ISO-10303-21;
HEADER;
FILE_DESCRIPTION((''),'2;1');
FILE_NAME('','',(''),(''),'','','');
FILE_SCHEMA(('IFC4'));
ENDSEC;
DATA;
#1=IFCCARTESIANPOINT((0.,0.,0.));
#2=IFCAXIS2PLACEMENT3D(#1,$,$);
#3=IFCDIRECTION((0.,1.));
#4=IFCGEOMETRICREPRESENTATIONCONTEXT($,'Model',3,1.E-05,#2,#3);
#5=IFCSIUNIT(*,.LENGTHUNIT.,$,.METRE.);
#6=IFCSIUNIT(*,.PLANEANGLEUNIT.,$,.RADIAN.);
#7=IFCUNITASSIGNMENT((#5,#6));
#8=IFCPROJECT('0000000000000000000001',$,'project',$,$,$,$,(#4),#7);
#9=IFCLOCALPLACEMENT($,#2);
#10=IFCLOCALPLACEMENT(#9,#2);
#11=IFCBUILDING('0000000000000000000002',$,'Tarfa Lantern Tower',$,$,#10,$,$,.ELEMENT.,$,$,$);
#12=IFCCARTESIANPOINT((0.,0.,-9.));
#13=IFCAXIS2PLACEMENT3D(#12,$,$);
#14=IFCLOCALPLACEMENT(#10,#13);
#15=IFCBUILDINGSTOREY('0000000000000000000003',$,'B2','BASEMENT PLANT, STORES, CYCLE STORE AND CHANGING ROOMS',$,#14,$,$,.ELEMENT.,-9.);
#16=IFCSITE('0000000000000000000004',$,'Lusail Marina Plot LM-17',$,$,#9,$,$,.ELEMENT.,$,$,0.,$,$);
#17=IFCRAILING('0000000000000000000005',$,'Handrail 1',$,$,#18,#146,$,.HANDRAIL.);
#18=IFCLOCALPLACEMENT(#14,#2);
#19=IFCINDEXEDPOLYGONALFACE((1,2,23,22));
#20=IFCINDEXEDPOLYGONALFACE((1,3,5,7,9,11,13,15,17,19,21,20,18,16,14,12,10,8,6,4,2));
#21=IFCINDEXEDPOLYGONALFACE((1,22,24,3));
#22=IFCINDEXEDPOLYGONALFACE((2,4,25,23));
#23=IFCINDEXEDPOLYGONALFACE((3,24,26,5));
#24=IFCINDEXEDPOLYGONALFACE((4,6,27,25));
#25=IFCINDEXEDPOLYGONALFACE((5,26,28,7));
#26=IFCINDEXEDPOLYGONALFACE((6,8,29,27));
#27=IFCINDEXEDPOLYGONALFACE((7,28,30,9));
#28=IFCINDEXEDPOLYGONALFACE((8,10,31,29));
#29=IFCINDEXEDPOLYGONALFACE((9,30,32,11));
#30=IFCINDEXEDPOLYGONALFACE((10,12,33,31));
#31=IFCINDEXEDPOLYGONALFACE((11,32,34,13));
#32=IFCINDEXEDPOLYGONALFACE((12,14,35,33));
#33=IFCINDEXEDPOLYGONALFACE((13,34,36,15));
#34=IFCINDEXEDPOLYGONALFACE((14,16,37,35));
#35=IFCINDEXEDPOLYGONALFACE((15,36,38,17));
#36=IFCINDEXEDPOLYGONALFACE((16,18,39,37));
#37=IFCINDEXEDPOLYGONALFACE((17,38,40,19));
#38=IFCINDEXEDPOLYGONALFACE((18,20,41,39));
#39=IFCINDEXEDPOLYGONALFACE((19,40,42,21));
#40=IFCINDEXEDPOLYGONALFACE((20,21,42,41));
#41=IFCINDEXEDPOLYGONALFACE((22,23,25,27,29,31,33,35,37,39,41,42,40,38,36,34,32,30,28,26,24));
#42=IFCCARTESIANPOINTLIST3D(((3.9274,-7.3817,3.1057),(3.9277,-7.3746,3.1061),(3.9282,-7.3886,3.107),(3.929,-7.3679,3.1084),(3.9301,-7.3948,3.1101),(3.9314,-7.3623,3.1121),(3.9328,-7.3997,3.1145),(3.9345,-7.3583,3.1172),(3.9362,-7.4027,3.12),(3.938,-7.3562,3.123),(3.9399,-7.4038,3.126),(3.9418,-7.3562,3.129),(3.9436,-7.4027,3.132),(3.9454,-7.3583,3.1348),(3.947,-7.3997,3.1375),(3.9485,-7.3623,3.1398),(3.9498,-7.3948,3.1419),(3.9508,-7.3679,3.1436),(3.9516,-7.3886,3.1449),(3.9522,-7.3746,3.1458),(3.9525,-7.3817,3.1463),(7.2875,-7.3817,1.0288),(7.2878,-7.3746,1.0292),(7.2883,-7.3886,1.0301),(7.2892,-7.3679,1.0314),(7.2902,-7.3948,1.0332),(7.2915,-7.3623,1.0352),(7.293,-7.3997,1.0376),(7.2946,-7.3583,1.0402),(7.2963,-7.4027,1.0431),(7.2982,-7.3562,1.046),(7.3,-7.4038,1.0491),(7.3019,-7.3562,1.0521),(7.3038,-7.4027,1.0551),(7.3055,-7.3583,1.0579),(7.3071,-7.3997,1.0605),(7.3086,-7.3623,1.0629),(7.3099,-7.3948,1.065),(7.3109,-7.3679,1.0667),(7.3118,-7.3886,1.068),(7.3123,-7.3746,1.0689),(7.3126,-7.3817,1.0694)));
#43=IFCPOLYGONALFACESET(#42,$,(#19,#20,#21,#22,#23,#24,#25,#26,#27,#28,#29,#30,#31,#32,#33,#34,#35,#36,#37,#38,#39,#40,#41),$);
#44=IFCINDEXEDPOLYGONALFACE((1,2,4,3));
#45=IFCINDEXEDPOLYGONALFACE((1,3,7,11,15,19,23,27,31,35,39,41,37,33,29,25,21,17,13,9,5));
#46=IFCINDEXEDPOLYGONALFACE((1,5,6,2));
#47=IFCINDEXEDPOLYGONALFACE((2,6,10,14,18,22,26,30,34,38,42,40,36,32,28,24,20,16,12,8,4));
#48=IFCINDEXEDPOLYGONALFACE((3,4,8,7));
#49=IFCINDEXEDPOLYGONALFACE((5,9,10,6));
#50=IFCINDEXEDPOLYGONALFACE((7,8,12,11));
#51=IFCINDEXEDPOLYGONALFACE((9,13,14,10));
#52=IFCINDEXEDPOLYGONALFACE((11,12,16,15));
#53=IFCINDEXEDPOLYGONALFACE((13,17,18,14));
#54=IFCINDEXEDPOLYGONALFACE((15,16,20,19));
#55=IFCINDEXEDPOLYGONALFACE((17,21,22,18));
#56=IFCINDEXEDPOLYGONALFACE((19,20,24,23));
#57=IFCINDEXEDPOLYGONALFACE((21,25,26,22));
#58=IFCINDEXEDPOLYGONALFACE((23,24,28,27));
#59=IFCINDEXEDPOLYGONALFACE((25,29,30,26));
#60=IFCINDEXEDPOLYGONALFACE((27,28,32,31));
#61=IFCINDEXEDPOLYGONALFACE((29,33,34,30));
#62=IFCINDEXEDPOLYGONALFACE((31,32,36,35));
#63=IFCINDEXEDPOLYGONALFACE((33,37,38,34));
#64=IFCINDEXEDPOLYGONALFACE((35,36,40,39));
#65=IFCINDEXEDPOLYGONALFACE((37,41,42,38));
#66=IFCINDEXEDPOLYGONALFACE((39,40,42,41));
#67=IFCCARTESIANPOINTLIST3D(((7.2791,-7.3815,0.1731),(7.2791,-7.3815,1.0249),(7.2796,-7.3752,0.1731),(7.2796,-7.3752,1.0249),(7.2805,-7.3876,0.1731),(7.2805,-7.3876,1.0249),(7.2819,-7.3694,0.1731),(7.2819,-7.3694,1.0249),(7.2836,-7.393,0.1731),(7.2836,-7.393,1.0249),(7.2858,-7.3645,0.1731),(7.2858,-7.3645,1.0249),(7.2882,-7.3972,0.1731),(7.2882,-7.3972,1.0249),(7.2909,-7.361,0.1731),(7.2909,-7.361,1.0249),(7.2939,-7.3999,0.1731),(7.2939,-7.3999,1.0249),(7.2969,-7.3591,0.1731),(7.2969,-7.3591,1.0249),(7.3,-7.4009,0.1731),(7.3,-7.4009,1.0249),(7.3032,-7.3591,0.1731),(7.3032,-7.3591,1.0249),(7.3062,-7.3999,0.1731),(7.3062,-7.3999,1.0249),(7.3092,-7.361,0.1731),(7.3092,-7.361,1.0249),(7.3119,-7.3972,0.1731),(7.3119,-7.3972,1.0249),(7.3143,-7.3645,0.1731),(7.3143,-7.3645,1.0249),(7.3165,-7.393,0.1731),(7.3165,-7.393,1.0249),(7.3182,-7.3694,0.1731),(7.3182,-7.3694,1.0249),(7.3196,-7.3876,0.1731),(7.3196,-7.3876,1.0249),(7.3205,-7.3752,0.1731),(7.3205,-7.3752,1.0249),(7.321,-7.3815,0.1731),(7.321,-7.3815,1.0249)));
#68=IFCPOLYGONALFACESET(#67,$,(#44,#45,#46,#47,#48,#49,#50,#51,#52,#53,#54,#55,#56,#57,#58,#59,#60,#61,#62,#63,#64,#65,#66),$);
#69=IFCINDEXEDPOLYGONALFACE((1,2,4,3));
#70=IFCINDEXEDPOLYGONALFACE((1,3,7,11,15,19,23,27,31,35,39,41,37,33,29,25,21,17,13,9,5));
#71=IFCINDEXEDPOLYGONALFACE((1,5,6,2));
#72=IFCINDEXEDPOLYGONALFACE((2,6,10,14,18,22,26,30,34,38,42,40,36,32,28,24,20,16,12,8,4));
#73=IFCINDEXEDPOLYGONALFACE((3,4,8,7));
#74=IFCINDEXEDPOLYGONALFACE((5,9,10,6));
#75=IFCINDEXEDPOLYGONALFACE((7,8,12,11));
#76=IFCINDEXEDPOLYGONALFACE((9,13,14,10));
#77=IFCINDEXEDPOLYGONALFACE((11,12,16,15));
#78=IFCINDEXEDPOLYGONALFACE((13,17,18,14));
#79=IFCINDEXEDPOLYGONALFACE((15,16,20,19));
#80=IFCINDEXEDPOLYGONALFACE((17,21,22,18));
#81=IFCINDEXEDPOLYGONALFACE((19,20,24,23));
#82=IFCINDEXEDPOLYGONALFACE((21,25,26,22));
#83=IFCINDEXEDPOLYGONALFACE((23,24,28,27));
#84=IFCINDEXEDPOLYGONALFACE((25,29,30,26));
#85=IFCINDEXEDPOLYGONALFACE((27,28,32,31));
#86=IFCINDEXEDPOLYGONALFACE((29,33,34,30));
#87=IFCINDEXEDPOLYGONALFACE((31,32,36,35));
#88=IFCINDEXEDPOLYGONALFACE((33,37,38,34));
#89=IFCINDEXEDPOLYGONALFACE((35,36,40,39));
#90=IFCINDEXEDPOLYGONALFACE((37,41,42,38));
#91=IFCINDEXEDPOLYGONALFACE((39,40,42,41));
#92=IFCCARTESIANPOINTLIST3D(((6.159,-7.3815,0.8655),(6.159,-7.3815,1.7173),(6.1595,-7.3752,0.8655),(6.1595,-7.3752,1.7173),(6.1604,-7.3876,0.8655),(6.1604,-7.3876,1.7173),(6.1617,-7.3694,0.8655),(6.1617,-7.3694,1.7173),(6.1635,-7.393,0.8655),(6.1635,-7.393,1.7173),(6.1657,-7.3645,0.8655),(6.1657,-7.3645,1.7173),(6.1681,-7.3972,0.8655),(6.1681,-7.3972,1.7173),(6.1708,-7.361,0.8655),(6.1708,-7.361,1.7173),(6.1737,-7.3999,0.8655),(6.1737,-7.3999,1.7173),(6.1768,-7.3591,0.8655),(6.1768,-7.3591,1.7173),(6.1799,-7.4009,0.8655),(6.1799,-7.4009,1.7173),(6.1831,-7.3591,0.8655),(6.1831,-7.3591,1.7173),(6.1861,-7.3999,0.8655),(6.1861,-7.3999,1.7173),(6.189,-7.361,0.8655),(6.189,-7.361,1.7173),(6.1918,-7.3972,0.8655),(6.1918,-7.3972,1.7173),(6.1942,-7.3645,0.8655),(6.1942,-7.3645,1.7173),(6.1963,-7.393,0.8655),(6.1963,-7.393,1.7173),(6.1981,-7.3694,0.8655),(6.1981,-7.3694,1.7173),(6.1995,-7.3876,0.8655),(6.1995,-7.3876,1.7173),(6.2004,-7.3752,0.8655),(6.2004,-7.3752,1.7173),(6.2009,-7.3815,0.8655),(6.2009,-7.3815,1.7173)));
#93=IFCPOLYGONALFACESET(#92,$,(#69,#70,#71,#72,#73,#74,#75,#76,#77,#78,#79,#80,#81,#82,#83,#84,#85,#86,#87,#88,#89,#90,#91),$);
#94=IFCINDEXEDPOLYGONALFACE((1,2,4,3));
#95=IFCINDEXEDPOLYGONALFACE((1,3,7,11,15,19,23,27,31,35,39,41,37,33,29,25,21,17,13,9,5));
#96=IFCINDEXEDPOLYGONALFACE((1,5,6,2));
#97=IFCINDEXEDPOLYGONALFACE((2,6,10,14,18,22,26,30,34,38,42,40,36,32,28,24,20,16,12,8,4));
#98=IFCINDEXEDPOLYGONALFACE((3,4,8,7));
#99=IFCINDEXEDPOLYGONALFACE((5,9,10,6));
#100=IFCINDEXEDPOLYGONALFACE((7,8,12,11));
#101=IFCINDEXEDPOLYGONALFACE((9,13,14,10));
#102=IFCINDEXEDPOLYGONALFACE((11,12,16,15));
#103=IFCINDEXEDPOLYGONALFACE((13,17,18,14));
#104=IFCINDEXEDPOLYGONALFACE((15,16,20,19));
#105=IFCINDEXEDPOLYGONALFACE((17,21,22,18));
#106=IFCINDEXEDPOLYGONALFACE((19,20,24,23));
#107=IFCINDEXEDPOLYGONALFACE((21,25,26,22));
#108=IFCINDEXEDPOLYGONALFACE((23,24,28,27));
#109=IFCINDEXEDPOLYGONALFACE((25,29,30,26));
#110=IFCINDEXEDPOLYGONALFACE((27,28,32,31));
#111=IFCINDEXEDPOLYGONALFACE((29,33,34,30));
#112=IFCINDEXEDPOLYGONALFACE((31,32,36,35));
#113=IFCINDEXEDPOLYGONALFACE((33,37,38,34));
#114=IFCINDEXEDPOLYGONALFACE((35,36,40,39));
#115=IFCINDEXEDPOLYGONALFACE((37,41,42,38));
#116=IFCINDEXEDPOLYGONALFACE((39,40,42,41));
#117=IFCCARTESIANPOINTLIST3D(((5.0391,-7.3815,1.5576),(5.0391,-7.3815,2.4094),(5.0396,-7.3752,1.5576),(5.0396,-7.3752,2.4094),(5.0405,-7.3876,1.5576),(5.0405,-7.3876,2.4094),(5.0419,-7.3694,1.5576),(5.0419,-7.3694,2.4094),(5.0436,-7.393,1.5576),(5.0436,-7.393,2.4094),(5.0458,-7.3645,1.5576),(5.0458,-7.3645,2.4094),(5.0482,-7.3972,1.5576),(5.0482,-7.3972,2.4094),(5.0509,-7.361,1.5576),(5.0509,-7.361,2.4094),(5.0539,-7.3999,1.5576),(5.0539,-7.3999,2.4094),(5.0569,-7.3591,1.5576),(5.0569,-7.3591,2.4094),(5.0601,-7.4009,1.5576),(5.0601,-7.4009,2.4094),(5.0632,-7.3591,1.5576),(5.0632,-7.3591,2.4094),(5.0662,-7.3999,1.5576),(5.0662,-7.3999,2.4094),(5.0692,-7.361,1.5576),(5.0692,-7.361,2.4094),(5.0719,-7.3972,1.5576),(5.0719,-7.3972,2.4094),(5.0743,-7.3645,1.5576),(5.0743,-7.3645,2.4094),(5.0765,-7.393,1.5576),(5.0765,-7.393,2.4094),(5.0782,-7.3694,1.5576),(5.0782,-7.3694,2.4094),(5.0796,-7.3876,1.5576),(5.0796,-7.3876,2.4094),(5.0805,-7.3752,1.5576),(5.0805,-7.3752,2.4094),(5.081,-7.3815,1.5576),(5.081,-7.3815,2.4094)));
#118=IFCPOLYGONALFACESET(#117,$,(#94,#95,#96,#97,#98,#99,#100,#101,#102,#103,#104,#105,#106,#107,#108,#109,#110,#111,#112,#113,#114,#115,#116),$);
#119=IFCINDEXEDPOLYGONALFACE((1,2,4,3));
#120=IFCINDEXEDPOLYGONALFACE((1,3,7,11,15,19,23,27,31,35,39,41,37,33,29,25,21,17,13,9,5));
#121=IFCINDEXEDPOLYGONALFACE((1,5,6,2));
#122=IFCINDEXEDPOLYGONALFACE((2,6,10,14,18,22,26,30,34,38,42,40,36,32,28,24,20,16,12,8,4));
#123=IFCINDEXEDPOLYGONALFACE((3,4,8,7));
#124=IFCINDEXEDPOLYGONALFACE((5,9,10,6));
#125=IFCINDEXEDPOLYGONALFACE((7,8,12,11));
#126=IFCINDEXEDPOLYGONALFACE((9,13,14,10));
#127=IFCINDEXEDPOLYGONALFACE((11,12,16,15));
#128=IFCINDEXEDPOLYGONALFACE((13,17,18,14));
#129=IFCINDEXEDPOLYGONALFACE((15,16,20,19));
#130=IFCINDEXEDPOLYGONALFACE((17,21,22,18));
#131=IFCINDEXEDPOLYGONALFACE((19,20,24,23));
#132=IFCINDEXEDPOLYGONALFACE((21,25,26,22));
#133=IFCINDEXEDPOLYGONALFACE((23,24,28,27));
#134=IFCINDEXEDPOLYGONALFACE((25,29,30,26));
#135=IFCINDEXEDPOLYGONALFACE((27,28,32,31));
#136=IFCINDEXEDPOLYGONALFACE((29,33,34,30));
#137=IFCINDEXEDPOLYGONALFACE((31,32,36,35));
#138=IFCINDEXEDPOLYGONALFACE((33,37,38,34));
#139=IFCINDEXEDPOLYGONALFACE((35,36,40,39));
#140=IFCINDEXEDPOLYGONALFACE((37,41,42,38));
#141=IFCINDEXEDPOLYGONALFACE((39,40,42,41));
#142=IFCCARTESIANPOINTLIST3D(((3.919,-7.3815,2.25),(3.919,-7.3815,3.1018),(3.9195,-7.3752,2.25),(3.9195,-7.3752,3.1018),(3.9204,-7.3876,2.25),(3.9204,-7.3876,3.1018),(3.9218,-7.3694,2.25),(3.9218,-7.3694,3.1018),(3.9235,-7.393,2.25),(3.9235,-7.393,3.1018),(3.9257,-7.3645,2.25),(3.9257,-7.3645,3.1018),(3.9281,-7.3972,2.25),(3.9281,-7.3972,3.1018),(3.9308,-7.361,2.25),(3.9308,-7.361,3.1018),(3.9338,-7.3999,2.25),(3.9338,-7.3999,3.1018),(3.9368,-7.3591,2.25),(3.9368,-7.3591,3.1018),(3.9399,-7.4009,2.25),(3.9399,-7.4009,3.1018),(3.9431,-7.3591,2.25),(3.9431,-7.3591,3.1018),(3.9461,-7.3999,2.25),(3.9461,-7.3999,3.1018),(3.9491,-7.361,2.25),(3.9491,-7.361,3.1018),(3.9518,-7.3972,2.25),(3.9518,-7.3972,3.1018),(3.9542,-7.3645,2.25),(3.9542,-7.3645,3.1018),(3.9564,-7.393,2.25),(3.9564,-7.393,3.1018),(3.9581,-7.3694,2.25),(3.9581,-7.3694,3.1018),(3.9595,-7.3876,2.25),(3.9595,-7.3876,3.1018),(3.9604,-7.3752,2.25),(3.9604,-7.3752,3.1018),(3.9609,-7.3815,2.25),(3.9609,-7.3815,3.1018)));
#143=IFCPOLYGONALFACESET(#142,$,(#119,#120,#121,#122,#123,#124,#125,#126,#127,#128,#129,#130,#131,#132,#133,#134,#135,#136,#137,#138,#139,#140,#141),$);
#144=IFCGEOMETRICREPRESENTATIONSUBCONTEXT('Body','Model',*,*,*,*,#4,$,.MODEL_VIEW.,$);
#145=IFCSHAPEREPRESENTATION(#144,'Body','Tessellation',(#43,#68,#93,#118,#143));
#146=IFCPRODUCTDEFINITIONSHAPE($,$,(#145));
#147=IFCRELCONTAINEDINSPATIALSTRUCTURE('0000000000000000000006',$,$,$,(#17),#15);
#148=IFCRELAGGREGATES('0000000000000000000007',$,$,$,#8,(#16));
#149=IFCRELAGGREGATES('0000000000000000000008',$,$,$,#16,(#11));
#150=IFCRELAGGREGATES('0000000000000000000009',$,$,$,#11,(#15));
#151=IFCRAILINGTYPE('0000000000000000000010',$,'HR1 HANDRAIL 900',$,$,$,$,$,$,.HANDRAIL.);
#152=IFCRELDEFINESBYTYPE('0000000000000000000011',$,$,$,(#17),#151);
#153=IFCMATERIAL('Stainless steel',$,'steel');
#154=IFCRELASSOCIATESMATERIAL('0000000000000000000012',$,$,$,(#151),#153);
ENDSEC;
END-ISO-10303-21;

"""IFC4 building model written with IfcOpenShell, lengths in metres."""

from ifc_helpers import new_model, si_unit, direction, frame, origin, origin_2d, place, context, subcontext, project, spatial, circle, extrude, material, type_object, element, save


model = new_model("IFC4")

# Units and contexts
model_context = context("Model", 3, precision=1e-05, world=origin(), true_north=direction((0.0, 1.0)))
body_context = subcontext(model_context, "Body", "Model", "MODEL_VIEW")
ifc_project = project(units=[si_unit("LENGTHUNIT", "METRE"), si_unit("PLANEANGLEUNIT", "RADIAN")], contexts=[model_context])

# Site, building, storey
site_placement = place(None, origin())
site = spatial("IfcSite", under=ifc_project, at=site_placement, Name="Lusail Marina Plot LM-17", CompositionType="ELEMENT", RefElevation=0.0)
building_placement = place(site_placement, origin())
building = spatial("IfcBuilding", under=site, at=building_placement, Name="Tarfa Lantern Tower", CompositionType="ELEMENT")
storey_placement = place(building_placement, frame((0.0, 0.0, -9.0)))
storey = spatial("IfcBuildingStorey", under=building, at=storey_placement, Name="B2", Description="BASEMENT PLANT, STORES, CYCLE STORE AND CHANGING ROOMS", CompositionType="ELEMENT", Elevation=-9.0)

# Railing
ifc_material_1 = material(Name="Stainless steel", Category="steel")
railing_type = type_object("IfcRailingType", Name="HR1 HANDRAIL 900", PredefinedType="HANDRAIL", material=ifc_material_1)
railing_1_placement = place(storey_placement, frame((7.3, -7.3799, 0.1731)))
element("IfcRailing", 1, at=railing_1_placement, inside=storey, type_object=railing_type, Name="Handrail 1", PredefinedType="HANDRAIL", context=body_context, shape_type="SweptSolid", body=[
    extrude(circle(Radius=0.0239, at=origin_2d()), frame((0.0, 0.0, 0.876), z_axis=(-0.850623, 0.0, 0.525776), x_axis=(0.0, -1.0, 0.0)), (0.0, 0.0, 1.0), 3.9502),
    extrude(circle(Radius=0.021, at=origin_2d()), frame((0.0, 0.0, 0.0), z_axis=(0.0, 0.0, 1.0), x_axis=(0.0, -1.0, 0.0)), (0.0, 0.0, 1.0), 0.8518),
    extrude(circle(Radius=0.021, at=origin_2d()), frame((-1.1201, 0.0, 0.6924), z_axis=(0.0, 0.0, 1.0), x_axis=(0.0, -1.0, 0.0)), (0.0, 0.0, 1.0), 0.8518),
    extrude(circle(Radius=0.021, at=origin_2d()), frame((-2.24, 0.0, 1.3845), z_axis=(0.0, 0.0, 1.0), x_axis=(0.0, -1.0, 0.0)), (0.0, 0.0, 1.0), 0.8518),
    extrude(circle(Radius=0.021, at=origin_2d()), frame((-3.3601, 0.0, 2.0769), z_axis=(0.0, 0.0, 1.0), x_axis=(0.0, -1.0, 0.0)), (0.0, 0.0, 1.0), 0.8518),
])

save(model, "model.ifc")
